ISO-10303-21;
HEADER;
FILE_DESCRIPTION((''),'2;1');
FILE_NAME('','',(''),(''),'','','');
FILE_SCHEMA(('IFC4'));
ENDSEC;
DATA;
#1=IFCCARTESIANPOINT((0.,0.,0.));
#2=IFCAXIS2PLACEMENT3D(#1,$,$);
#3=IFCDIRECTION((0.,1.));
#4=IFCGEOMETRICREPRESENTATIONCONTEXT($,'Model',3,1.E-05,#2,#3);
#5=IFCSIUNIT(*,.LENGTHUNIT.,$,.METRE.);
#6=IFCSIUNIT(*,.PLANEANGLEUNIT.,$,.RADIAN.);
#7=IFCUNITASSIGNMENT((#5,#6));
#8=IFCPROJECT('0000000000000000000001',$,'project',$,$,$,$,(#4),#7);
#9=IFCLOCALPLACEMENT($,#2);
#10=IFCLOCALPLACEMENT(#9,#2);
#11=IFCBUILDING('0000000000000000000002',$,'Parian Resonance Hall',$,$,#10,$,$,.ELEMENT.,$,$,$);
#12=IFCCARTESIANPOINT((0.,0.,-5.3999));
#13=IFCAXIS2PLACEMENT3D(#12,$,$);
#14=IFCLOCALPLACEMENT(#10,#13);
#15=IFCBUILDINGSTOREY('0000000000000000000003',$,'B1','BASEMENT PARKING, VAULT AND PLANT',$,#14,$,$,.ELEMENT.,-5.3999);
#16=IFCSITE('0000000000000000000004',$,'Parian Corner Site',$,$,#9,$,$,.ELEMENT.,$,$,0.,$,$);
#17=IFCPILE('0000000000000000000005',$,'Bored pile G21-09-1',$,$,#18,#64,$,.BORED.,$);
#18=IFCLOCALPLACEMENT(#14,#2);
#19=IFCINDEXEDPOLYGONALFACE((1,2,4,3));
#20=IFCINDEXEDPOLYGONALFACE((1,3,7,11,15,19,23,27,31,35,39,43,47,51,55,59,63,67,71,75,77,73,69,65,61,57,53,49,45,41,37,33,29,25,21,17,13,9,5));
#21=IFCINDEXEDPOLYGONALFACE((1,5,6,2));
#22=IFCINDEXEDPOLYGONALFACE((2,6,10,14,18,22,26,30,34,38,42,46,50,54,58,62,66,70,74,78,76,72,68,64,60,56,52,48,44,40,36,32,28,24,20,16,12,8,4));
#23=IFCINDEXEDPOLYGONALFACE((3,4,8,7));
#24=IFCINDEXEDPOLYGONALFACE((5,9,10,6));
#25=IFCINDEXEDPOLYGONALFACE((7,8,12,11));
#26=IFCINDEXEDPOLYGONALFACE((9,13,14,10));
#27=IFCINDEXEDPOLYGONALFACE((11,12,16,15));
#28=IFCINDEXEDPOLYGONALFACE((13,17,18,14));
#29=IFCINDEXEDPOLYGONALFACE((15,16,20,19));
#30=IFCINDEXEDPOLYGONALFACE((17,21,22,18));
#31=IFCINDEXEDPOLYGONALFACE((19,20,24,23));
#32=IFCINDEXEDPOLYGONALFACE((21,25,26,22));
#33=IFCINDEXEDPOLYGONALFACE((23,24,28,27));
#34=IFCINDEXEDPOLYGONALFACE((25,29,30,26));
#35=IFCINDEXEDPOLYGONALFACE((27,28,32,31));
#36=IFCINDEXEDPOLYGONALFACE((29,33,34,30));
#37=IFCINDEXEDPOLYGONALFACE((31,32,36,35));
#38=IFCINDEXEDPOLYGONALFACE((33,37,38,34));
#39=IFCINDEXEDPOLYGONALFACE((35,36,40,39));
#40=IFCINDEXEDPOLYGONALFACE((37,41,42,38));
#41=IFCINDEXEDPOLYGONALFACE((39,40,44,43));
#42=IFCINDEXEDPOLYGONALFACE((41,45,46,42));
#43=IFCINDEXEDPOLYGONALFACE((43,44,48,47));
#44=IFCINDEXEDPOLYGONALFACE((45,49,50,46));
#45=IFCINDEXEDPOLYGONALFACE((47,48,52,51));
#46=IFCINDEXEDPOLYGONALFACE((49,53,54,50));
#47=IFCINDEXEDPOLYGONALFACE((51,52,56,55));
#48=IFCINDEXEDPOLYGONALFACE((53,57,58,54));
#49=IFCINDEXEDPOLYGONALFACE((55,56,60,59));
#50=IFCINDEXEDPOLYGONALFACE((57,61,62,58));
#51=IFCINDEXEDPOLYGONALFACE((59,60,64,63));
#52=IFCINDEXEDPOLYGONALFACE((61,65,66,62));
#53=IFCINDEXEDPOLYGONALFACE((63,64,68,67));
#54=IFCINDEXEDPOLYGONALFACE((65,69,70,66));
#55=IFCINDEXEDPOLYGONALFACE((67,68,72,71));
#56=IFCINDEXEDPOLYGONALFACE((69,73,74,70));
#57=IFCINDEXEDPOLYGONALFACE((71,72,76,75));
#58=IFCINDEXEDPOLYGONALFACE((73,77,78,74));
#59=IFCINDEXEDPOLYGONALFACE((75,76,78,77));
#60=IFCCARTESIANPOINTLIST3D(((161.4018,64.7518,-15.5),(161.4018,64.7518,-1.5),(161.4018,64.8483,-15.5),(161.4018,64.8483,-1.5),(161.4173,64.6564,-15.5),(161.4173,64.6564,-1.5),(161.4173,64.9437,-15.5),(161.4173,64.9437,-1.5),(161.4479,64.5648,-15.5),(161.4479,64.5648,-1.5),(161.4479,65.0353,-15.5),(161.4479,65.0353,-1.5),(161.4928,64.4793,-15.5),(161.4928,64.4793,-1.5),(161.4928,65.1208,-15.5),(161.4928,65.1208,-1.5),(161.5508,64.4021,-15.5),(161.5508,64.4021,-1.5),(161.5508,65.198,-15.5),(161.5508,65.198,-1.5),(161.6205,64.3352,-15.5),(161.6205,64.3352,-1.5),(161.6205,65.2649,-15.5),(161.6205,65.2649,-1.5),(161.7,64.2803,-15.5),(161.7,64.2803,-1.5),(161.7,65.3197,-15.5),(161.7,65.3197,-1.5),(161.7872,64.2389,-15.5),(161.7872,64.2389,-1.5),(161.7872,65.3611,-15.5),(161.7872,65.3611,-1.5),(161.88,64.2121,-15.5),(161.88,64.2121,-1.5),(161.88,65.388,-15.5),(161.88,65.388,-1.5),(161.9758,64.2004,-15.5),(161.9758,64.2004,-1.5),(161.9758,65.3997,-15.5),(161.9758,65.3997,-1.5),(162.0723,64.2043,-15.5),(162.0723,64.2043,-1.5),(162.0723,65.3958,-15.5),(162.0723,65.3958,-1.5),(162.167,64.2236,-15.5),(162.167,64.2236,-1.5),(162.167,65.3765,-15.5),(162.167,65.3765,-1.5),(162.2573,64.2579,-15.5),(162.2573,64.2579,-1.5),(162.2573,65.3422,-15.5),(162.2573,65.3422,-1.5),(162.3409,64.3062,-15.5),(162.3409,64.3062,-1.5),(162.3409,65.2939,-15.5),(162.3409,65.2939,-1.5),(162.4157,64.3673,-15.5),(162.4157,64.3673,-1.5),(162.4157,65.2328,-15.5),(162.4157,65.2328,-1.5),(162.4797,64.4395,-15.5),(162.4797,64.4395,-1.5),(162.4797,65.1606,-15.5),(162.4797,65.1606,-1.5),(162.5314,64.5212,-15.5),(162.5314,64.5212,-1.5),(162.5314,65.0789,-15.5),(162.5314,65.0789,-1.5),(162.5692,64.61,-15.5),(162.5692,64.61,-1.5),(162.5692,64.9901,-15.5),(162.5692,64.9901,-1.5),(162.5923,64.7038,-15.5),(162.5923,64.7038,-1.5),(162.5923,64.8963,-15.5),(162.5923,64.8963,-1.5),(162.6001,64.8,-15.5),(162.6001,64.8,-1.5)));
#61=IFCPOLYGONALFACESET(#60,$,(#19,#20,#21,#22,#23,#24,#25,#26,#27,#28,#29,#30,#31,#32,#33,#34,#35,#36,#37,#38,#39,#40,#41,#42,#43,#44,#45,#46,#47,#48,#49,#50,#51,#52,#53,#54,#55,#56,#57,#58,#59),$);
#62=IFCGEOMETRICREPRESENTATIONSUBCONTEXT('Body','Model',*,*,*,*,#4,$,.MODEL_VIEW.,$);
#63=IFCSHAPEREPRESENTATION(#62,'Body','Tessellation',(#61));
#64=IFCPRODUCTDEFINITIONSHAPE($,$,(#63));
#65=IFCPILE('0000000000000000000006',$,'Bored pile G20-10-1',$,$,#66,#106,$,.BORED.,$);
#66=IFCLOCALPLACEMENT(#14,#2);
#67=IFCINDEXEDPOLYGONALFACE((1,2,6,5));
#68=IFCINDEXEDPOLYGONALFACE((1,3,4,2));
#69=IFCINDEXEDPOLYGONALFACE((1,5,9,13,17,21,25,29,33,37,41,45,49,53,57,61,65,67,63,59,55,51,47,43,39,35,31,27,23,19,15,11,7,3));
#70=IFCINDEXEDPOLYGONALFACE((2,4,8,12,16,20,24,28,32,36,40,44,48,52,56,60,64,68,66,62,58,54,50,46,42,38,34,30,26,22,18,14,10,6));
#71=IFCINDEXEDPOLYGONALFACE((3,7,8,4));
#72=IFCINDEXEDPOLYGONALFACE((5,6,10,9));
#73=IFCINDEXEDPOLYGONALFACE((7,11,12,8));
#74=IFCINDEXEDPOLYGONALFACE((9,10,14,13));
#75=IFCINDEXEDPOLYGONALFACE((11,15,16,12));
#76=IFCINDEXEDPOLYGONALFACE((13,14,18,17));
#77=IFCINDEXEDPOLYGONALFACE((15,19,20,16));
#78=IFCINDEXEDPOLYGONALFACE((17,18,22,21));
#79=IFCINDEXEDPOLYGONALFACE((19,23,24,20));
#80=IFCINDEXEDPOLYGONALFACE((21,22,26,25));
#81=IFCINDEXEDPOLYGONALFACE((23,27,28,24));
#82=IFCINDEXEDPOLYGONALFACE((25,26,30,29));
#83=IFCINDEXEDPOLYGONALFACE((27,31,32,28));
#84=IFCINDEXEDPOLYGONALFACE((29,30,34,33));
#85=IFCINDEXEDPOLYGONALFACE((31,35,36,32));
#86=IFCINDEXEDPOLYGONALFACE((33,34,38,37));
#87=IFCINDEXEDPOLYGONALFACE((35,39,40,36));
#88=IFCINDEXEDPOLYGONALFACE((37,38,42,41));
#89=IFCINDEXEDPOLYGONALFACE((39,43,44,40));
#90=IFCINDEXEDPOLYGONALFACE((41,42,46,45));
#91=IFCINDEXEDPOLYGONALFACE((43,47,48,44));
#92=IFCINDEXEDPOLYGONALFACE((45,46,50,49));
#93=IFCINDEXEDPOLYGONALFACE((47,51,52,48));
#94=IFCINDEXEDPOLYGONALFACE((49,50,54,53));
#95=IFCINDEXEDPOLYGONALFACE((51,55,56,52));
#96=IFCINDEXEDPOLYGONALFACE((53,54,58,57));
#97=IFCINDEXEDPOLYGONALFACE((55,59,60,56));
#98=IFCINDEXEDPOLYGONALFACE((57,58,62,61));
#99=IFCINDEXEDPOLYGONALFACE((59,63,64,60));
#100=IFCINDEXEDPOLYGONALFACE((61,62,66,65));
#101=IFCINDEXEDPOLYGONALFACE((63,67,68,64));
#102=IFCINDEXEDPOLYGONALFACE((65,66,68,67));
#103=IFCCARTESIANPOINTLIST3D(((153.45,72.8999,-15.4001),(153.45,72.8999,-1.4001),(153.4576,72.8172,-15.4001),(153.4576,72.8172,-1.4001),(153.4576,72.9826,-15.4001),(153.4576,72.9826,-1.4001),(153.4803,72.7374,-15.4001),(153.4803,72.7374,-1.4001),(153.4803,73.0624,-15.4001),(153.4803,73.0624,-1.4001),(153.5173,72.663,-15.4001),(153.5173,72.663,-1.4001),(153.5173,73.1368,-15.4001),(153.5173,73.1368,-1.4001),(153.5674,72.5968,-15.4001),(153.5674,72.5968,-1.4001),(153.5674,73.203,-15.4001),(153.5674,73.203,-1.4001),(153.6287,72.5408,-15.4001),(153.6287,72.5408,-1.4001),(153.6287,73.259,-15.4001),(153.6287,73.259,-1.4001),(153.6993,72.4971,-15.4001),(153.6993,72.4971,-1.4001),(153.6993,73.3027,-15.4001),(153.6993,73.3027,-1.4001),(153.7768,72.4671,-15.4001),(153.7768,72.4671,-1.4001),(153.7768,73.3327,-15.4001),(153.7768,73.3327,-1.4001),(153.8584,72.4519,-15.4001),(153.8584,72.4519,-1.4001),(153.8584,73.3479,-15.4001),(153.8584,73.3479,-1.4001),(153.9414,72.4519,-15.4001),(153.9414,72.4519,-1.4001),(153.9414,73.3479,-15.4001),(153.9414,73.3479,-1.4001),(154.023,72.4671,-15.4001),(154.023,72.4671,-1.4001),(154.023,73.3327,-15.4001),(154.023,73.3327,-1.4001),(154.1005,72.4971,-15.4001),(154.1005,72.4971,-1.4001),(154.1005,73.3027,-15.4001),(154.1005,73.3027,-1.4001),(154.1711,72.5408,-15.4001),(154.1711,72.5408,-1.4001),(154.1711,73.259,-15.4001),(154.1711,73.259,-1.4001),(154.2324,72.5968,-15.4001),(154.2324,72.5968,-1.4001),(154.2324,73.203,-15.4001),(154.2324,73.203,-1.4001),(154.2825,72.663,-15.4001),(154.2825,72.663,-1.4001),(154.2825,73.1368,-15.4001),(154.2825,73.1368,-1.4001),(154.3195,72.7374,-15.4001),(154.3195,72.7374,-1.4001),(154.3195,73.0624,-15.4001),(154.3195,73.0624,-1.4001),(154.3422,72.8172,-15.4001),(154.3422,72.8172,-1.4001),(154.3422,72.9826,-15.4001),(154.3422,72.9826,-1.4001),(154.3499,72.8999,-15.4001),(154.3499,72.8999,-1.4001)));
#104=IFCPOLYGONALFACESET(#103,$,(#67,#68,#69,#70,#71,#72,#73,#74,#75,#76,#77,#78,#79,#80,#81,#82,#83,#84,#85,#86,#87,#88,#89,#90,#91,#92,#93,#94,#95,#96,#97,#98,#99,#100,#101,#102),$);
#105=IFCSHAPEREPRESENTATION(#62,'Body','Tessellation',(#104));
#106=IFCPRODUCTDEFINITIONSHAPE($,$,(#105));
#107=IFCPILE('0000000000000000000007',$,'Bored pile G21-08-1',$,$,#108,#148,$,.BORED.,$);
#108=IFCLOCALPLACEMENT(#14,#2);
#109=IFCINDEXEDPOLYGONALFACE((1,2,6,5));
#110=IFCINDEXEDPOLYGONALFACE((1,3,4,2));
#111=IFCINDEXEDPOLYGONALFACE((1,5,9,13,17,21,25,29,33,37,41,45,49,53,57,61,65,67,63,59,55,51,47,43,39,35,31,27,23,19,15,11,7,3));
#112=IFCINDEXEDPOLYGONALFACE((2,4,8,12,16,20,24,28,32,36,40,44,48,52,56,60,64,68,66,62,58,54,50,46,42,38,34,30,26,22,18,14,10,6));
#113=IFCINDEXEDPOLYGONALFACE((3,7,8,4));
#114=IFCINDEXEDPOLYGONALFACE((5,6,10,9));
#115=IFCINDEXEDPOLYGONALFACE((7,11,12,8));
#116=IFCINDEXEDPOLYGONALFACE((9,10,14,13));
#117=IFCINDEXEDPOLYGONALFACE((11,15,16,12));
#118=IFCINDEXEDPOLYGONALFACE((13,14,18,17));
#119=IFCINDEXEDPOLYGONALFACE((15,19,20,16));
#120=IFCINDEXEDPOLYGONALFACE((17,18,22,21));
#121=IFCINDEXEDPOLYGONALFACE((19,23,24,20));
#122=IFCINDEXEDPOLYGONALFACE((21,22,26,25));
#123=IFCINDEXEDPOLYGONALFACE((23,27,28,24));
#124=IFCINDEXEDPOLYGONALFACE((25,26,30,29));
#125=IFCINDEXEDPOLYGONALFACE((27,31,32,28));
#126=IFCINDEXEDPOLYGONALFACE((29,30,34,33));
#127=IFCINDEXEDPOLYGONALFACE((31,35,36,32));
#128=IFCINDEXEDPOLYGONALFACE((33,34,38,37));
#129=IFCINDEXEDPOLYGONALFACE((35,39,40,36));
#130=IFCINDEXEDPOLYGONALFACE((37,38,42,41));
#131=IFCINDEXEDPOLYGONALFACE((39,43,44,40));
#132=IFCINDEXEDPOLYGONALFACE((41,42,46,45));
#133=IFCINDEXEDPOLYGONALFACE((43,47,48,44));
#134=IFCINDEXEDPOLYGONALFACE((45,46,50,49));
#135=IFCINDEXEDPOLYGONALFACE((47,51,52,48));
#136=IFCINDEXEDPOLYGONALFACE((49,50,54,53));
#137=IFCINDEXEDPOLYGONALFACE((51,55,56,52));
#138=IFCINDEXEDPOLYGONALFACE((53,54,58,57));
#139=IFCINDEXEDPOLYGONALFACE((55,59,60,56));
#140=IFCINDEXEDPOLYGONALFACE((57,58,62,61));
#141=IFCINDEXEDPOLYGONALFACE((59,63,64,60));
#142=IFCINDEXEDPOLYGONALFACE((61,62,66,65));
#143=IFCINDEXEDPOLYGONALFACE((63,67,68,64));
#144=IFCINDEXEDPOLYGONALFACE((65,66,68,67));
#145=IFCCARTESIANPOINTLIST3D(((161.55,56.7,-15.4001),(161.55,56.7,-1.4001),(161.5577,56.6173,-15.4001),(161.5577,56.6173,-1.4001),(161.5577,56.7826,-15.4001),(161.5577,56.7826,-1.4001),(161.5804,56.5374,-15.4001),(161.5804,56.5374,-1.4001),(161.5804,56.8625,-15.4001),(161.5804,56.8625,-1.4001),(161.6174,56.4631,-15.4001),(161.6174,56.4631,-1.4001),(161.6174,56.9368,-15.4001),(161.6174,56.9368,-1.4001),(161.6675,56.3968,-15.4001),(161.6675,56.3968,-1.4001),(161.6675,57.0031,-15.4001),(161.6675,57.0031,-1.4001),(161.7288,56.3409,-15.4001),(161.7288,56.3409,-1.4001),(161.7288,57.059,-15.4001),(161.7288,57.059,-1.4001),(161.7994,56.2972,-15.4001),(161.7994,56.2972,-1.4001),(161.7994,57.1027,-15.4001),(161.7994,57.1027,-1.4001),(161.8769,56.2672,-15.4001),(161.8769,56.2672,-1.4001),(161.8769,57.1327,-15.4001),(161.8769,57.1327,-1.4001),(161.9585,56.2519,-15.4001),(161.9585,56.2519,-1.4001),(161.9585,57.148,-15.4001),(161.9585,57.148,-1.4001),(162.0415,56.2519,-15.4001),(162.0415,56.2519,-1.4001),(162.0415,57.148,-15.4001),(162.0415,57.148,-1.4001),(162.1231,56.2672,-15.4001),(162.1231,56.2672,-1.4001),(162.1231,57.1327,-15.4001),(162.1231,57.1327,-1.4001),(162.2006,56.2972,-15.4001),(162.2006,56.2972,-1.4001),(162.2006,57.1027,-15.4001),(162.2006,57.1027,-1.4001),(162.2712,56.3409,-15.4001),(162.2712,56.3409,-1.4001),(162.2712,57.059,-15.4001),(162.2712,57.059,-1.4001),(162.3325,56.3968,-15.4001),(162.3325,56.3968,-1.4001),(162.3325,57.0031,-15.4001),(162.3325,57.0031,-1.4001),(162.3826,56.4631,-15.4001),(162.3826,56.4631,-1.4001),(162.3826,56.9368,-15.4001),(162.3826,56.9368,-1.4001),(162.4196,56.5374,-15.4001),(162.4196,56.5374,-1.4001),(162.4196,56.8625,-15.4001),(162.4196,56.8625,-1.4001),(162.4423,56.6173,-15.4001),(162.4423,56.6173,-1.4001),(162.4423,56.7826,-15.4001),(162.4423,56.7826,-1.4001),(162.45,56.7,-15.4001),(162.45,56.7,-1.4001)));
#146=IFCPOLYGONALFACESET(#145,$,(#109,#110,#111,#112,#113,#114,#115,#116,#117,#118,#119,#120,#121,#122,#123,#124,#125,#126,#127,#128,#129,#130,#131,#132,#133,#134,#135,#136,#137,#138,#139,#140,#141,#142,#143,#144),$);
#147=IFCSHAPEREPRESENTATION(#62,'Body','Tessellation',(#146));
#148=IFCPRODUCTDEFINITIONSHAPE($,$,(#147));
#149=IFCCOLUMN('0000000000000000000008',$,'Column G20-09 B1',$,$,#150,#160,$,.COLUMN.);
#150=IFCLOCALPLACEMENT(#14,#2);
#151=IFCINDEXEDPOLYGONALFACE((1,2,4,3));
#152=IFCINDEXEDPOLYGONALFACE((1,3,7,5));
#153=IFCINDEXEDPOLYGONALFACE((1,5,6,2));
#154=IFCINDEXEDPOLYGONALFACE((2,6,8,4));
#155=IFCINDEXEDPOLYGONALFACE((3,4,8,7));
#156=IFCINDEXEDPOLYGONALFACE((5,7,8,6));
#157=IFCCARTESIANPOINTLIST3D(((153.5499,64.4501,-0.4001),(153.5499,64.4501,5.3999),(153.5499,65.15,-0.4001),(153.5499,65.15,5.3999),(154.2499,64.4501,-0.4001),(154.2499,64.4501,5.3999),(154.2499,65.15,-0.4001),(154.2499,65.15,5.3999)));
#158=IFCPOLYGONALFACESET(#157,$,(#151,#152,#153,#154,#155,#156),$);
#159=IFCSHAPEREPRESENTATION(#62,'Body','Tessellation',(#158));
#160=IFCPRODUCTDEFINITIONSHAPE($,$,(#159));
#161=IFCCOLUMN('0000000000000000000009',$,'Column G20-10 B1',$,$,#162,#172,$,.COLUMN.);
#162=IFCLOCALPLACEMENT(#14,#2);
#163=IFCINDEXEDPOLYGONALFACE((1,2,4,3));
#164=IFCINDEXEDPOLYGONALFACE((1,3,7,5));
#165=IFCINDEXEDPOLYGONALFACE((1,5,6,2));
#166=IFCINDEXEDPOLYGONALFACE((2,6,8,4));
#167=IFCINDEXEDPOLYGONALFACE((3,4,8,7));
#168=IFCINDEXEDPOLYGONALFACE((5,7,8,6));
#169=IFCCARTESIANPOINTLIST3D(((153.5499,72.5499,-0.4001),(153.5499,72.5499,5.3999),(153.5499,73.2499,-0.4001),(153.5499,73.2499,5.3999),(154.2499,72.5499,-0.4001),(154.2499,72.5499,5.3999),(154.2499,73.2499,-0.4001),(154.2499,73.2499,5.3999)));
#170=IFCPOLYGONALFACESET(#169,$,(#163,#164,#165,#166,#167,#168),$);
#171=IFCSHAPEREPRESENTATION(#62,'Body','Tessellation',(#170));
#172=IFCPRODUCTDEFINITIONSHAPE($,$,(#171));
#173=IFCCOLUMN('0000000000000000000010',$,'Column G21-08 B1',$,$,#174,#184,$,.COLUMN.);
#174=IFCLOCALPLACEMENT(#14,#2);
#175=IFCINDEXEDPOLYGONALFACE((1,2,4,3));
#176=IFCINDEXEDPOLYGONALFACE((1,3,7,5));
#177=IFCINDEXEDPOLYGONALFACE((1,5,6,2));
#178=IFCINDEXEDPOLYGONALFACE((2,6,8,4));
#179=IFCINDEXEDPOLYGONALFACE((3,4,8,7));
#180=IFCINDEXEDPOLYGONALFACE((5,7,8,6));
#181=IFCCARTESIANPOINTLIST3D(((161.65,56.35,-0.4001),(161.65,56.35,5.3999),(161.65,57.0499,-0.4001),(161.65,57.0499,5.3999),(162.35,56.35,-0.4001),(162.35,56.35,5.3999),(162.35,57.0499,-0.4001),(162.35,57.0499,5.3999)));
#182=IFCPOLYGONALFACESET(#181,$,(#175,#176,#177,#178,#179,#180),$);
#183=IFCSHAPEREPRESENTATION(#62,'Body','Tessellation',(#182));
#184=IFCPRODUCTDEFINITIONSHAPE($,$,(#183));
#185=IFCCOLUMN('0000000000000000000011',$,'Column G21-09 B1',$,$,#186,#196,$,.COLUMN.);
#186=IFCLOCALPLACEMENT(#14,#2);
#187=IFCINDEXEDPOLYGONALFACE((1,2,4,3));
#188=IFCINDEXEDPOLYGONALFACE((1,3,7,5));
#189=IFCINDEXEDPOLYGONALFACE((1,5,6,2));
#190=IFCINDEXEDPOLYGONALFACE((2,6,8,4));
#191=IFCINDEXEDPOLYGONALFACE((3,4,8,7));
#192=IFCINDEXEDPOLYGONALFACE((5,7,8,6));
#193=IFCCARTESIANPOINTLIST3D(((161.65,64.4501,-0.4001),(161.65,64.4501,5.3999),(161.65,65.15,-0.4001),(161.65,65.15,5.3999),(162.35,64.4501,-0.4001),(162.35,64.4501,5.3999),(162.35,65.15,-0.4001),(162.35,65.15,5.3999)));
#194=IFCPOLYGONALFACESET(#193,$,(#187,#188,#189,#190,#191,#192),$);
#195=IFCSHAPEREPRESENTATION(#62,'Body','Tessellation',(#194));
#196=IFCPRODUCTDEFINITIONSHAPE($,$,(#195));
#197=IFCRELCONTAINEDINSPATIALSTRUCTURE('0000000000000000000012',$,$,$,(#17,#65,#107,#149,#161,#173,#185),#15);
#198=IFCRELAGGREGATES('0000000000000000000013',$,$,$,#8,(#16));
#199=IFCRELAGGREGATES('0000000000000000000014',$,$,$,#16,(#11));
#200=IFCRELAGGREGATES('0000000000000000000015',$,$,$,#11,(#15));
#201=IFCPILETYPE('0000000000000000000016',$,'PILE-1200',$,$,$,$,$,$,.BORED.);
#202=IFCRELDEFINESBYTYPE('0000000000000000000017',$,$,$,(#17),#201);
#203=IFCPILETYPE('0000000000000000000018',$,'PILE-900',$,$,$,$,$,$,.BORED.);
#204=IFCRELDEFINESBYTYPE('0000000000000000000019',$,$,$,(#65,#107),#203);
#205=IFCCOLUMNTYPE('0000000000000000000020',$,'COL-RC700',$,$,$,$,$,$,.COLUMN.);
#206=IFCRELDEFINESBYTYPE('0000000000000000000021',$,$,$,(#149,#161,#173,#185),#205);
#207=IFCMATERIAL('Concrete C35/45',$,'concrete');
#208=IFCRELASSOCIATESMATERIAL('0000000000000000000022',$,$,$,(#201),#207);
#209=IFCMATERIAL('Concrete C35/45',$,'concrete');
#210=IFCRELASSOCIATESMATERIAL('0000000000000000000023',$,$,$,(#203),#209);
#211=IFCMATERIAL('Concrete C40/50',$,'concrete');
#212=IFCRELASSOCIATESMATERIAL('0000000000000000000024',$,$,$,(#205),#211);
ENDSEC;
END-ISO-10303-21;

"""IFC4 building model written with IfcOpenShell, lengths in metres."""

from ifc_helpers import new_model, si_unit, direction, frame, origin, origin_2d, place, context, subcontext, project, spatial, rectangle, circle, extrude, material, material_profile, profile_set, type_object, element, save


model = new_model("IFC4")

# Units and contexts
model_context = context("Model", 3, precision=1e-05, world=origin(), true_north=direction((0.0, 1.0)))
body_context = subcontext(model_context, "Body", "Model", "MODEL_VIEW")
ifc_project = project(units=[si_unit("LENGTHUNIT", "METRE"), si_unit("PLANEANGLEUNIT", "RADIAN")], contexts=[model_context])

# Site, building, storey
site_placement = place(None, origin())
site = spatial("IfcSite", under=ifc_project, at=site_placement, Name="Parian Corner Site", CompositionType="ELEMENT", RefElevation=0.0)
building_placement = place(site_placement, origin())
building = spatial("IfcBuilding", under=site, at=building_placement, Name="Parian Resonance Hall", CompositionType="ELEMENT")
storey_placement = place(building_placement, frame((0.0, 0.0, -5.3999)))
storey = spatial("IfcBuildingStorey", under=building, at=storey_placement, Name="B1", Description="BASEMENT PARKING, VAULT AND PLANT", CompositionType="ELEMENT", Elevation=-5.3999)

# Piles
ifc_material_1 = material(Name="Concrete C35/45", Category="concrete")
ifc_material_profile_1 = material_profile(ifc_material_1, circle(Radius=0.6001, at=origin_2d()), Name="PILE-D1200")
ifc_profile_set_1 = profile_set([ifc_material_profile_1], Name="Concrete C35/45")
pile_type_1 = type_object("IfcPileType", Name="PILE-1200", PredefinedType="BORED", material=ifc_profile_set_1)
for number, where, z_axis, x_axis, name in (
    (1, (162.0, 64.8, -1.5), (0.0, 0.0, -1.0), (1.0, 0.0, 0.0), "Bored pile G21-09-1"),
):
    element("IfcPile", number, at=place(storey_placement, frame(where, z_axis=z_axis, x_axis=x_axis)), inside=storey, type_object=pile_type_1, Name=name, PredefinedType="BORED", context=body_context, shape_type="SweptSolid", body=[
        extrude(circle(Radius=0.6001, at=origin_2d()), origin(), (0.0, 0.0, 1.0), 14.0),
    ])
ifc_material_2 = material(Name="Concrete C35/45", Category="concrete")
ifc_material_profile_2 = material_profile(ifc_material_2, circle(Radius=0.45, at=origin_2d()), Name="PILE-D900")
ifc_profile_set_2 = profile_set([ifc_material_profile_2], Name="Concrete C35/45")
pile_type_2 = type_object("IfcPileType", Name="PILE-900", PredefinedType="BORED", material=ifc_profile_set_2)
for number, where, z_axis, x_axis, name in (
    (2, (153.8999, 72.8999, -1.4001), (0.0, 0.0, -1.0), (1.0, 0.0, 0.0), "Bored pile G20-10-1"),
    (3, (162.0, 56.7, -1.4001), (0.0, 0.0, -1.0), (1.0, 0.0, 0.0), "Bored pile G21-08-1"),
):
    element("IfcPile", number, at=place(storey_placement, frame(where, z_axis=z_axis, x_axis=x_axis)), inside=storey, type_object=pile_type_2, Name=name, PredefinedType="BORED", context=body_context, shape_type="SweptSolid", body=[
        extrude(circle(Radius=0.45, at=origin_2d()), origin(), (0.0, 0.0, 1.0), 14.0),
    ])

# Columns
ifc_material_3 = material(Name="Concrete C40/50", Category="concrete")
ifc_material_profile_3 = material_profile(ifc_material_3, rectangle(XDim=0.7, YDim=0.7, at=origin_2d()), Name="RC-COL-700x700")
ifc_profile_set_3 = profile_set([ifc_material_profile_3], Name="Concrete C40/50")
column_type = type_object("IfcColumnType", Name="COL-RC700", PredefinedType="COLUMN", material=ifc_profile_set_3)
for number, where, z_axis, x_axis, name in (
    (4, (153.8999, 64.8, -0.4001), (0.0, 0.0, 1.0), (1.0, 0.0, 0.0), "Column G20-09 B1"),
    (5, (153.8999, 72.8999, -0.4001), (0.0, 0.0, 1.0), (1.0, 0.0, 0.0), "Column G20-10 B1"),
    (6, (162.0, 56.7, -0.4001), (0.0, 0.0, 1.0), (1.0, 0.0, 0.0), "Column G21-08 B1"),
    (7, (162.0, 64.8, -0.4001), (0.0, 0.0, 1.0), (1.0, 0.0, 0.0), "Column G21-09 B1"),
):
    element("IfcColumn", number, at=place(storey_placement, frame(where, z_axis=z_axis, x_axis=x_axis)), inside=storey, type_object=column_type, Name=name, PredefinedType="COLUMN", context=body_context, shape_type="SweptSolid", body=[
        extrude(rectangle(XDim=0.7, YDim=0.7, at=origin_2d()), origin(), (0.0, 0.0, 1.0), 5.8),
    ])

save(model, "model.ifc")
